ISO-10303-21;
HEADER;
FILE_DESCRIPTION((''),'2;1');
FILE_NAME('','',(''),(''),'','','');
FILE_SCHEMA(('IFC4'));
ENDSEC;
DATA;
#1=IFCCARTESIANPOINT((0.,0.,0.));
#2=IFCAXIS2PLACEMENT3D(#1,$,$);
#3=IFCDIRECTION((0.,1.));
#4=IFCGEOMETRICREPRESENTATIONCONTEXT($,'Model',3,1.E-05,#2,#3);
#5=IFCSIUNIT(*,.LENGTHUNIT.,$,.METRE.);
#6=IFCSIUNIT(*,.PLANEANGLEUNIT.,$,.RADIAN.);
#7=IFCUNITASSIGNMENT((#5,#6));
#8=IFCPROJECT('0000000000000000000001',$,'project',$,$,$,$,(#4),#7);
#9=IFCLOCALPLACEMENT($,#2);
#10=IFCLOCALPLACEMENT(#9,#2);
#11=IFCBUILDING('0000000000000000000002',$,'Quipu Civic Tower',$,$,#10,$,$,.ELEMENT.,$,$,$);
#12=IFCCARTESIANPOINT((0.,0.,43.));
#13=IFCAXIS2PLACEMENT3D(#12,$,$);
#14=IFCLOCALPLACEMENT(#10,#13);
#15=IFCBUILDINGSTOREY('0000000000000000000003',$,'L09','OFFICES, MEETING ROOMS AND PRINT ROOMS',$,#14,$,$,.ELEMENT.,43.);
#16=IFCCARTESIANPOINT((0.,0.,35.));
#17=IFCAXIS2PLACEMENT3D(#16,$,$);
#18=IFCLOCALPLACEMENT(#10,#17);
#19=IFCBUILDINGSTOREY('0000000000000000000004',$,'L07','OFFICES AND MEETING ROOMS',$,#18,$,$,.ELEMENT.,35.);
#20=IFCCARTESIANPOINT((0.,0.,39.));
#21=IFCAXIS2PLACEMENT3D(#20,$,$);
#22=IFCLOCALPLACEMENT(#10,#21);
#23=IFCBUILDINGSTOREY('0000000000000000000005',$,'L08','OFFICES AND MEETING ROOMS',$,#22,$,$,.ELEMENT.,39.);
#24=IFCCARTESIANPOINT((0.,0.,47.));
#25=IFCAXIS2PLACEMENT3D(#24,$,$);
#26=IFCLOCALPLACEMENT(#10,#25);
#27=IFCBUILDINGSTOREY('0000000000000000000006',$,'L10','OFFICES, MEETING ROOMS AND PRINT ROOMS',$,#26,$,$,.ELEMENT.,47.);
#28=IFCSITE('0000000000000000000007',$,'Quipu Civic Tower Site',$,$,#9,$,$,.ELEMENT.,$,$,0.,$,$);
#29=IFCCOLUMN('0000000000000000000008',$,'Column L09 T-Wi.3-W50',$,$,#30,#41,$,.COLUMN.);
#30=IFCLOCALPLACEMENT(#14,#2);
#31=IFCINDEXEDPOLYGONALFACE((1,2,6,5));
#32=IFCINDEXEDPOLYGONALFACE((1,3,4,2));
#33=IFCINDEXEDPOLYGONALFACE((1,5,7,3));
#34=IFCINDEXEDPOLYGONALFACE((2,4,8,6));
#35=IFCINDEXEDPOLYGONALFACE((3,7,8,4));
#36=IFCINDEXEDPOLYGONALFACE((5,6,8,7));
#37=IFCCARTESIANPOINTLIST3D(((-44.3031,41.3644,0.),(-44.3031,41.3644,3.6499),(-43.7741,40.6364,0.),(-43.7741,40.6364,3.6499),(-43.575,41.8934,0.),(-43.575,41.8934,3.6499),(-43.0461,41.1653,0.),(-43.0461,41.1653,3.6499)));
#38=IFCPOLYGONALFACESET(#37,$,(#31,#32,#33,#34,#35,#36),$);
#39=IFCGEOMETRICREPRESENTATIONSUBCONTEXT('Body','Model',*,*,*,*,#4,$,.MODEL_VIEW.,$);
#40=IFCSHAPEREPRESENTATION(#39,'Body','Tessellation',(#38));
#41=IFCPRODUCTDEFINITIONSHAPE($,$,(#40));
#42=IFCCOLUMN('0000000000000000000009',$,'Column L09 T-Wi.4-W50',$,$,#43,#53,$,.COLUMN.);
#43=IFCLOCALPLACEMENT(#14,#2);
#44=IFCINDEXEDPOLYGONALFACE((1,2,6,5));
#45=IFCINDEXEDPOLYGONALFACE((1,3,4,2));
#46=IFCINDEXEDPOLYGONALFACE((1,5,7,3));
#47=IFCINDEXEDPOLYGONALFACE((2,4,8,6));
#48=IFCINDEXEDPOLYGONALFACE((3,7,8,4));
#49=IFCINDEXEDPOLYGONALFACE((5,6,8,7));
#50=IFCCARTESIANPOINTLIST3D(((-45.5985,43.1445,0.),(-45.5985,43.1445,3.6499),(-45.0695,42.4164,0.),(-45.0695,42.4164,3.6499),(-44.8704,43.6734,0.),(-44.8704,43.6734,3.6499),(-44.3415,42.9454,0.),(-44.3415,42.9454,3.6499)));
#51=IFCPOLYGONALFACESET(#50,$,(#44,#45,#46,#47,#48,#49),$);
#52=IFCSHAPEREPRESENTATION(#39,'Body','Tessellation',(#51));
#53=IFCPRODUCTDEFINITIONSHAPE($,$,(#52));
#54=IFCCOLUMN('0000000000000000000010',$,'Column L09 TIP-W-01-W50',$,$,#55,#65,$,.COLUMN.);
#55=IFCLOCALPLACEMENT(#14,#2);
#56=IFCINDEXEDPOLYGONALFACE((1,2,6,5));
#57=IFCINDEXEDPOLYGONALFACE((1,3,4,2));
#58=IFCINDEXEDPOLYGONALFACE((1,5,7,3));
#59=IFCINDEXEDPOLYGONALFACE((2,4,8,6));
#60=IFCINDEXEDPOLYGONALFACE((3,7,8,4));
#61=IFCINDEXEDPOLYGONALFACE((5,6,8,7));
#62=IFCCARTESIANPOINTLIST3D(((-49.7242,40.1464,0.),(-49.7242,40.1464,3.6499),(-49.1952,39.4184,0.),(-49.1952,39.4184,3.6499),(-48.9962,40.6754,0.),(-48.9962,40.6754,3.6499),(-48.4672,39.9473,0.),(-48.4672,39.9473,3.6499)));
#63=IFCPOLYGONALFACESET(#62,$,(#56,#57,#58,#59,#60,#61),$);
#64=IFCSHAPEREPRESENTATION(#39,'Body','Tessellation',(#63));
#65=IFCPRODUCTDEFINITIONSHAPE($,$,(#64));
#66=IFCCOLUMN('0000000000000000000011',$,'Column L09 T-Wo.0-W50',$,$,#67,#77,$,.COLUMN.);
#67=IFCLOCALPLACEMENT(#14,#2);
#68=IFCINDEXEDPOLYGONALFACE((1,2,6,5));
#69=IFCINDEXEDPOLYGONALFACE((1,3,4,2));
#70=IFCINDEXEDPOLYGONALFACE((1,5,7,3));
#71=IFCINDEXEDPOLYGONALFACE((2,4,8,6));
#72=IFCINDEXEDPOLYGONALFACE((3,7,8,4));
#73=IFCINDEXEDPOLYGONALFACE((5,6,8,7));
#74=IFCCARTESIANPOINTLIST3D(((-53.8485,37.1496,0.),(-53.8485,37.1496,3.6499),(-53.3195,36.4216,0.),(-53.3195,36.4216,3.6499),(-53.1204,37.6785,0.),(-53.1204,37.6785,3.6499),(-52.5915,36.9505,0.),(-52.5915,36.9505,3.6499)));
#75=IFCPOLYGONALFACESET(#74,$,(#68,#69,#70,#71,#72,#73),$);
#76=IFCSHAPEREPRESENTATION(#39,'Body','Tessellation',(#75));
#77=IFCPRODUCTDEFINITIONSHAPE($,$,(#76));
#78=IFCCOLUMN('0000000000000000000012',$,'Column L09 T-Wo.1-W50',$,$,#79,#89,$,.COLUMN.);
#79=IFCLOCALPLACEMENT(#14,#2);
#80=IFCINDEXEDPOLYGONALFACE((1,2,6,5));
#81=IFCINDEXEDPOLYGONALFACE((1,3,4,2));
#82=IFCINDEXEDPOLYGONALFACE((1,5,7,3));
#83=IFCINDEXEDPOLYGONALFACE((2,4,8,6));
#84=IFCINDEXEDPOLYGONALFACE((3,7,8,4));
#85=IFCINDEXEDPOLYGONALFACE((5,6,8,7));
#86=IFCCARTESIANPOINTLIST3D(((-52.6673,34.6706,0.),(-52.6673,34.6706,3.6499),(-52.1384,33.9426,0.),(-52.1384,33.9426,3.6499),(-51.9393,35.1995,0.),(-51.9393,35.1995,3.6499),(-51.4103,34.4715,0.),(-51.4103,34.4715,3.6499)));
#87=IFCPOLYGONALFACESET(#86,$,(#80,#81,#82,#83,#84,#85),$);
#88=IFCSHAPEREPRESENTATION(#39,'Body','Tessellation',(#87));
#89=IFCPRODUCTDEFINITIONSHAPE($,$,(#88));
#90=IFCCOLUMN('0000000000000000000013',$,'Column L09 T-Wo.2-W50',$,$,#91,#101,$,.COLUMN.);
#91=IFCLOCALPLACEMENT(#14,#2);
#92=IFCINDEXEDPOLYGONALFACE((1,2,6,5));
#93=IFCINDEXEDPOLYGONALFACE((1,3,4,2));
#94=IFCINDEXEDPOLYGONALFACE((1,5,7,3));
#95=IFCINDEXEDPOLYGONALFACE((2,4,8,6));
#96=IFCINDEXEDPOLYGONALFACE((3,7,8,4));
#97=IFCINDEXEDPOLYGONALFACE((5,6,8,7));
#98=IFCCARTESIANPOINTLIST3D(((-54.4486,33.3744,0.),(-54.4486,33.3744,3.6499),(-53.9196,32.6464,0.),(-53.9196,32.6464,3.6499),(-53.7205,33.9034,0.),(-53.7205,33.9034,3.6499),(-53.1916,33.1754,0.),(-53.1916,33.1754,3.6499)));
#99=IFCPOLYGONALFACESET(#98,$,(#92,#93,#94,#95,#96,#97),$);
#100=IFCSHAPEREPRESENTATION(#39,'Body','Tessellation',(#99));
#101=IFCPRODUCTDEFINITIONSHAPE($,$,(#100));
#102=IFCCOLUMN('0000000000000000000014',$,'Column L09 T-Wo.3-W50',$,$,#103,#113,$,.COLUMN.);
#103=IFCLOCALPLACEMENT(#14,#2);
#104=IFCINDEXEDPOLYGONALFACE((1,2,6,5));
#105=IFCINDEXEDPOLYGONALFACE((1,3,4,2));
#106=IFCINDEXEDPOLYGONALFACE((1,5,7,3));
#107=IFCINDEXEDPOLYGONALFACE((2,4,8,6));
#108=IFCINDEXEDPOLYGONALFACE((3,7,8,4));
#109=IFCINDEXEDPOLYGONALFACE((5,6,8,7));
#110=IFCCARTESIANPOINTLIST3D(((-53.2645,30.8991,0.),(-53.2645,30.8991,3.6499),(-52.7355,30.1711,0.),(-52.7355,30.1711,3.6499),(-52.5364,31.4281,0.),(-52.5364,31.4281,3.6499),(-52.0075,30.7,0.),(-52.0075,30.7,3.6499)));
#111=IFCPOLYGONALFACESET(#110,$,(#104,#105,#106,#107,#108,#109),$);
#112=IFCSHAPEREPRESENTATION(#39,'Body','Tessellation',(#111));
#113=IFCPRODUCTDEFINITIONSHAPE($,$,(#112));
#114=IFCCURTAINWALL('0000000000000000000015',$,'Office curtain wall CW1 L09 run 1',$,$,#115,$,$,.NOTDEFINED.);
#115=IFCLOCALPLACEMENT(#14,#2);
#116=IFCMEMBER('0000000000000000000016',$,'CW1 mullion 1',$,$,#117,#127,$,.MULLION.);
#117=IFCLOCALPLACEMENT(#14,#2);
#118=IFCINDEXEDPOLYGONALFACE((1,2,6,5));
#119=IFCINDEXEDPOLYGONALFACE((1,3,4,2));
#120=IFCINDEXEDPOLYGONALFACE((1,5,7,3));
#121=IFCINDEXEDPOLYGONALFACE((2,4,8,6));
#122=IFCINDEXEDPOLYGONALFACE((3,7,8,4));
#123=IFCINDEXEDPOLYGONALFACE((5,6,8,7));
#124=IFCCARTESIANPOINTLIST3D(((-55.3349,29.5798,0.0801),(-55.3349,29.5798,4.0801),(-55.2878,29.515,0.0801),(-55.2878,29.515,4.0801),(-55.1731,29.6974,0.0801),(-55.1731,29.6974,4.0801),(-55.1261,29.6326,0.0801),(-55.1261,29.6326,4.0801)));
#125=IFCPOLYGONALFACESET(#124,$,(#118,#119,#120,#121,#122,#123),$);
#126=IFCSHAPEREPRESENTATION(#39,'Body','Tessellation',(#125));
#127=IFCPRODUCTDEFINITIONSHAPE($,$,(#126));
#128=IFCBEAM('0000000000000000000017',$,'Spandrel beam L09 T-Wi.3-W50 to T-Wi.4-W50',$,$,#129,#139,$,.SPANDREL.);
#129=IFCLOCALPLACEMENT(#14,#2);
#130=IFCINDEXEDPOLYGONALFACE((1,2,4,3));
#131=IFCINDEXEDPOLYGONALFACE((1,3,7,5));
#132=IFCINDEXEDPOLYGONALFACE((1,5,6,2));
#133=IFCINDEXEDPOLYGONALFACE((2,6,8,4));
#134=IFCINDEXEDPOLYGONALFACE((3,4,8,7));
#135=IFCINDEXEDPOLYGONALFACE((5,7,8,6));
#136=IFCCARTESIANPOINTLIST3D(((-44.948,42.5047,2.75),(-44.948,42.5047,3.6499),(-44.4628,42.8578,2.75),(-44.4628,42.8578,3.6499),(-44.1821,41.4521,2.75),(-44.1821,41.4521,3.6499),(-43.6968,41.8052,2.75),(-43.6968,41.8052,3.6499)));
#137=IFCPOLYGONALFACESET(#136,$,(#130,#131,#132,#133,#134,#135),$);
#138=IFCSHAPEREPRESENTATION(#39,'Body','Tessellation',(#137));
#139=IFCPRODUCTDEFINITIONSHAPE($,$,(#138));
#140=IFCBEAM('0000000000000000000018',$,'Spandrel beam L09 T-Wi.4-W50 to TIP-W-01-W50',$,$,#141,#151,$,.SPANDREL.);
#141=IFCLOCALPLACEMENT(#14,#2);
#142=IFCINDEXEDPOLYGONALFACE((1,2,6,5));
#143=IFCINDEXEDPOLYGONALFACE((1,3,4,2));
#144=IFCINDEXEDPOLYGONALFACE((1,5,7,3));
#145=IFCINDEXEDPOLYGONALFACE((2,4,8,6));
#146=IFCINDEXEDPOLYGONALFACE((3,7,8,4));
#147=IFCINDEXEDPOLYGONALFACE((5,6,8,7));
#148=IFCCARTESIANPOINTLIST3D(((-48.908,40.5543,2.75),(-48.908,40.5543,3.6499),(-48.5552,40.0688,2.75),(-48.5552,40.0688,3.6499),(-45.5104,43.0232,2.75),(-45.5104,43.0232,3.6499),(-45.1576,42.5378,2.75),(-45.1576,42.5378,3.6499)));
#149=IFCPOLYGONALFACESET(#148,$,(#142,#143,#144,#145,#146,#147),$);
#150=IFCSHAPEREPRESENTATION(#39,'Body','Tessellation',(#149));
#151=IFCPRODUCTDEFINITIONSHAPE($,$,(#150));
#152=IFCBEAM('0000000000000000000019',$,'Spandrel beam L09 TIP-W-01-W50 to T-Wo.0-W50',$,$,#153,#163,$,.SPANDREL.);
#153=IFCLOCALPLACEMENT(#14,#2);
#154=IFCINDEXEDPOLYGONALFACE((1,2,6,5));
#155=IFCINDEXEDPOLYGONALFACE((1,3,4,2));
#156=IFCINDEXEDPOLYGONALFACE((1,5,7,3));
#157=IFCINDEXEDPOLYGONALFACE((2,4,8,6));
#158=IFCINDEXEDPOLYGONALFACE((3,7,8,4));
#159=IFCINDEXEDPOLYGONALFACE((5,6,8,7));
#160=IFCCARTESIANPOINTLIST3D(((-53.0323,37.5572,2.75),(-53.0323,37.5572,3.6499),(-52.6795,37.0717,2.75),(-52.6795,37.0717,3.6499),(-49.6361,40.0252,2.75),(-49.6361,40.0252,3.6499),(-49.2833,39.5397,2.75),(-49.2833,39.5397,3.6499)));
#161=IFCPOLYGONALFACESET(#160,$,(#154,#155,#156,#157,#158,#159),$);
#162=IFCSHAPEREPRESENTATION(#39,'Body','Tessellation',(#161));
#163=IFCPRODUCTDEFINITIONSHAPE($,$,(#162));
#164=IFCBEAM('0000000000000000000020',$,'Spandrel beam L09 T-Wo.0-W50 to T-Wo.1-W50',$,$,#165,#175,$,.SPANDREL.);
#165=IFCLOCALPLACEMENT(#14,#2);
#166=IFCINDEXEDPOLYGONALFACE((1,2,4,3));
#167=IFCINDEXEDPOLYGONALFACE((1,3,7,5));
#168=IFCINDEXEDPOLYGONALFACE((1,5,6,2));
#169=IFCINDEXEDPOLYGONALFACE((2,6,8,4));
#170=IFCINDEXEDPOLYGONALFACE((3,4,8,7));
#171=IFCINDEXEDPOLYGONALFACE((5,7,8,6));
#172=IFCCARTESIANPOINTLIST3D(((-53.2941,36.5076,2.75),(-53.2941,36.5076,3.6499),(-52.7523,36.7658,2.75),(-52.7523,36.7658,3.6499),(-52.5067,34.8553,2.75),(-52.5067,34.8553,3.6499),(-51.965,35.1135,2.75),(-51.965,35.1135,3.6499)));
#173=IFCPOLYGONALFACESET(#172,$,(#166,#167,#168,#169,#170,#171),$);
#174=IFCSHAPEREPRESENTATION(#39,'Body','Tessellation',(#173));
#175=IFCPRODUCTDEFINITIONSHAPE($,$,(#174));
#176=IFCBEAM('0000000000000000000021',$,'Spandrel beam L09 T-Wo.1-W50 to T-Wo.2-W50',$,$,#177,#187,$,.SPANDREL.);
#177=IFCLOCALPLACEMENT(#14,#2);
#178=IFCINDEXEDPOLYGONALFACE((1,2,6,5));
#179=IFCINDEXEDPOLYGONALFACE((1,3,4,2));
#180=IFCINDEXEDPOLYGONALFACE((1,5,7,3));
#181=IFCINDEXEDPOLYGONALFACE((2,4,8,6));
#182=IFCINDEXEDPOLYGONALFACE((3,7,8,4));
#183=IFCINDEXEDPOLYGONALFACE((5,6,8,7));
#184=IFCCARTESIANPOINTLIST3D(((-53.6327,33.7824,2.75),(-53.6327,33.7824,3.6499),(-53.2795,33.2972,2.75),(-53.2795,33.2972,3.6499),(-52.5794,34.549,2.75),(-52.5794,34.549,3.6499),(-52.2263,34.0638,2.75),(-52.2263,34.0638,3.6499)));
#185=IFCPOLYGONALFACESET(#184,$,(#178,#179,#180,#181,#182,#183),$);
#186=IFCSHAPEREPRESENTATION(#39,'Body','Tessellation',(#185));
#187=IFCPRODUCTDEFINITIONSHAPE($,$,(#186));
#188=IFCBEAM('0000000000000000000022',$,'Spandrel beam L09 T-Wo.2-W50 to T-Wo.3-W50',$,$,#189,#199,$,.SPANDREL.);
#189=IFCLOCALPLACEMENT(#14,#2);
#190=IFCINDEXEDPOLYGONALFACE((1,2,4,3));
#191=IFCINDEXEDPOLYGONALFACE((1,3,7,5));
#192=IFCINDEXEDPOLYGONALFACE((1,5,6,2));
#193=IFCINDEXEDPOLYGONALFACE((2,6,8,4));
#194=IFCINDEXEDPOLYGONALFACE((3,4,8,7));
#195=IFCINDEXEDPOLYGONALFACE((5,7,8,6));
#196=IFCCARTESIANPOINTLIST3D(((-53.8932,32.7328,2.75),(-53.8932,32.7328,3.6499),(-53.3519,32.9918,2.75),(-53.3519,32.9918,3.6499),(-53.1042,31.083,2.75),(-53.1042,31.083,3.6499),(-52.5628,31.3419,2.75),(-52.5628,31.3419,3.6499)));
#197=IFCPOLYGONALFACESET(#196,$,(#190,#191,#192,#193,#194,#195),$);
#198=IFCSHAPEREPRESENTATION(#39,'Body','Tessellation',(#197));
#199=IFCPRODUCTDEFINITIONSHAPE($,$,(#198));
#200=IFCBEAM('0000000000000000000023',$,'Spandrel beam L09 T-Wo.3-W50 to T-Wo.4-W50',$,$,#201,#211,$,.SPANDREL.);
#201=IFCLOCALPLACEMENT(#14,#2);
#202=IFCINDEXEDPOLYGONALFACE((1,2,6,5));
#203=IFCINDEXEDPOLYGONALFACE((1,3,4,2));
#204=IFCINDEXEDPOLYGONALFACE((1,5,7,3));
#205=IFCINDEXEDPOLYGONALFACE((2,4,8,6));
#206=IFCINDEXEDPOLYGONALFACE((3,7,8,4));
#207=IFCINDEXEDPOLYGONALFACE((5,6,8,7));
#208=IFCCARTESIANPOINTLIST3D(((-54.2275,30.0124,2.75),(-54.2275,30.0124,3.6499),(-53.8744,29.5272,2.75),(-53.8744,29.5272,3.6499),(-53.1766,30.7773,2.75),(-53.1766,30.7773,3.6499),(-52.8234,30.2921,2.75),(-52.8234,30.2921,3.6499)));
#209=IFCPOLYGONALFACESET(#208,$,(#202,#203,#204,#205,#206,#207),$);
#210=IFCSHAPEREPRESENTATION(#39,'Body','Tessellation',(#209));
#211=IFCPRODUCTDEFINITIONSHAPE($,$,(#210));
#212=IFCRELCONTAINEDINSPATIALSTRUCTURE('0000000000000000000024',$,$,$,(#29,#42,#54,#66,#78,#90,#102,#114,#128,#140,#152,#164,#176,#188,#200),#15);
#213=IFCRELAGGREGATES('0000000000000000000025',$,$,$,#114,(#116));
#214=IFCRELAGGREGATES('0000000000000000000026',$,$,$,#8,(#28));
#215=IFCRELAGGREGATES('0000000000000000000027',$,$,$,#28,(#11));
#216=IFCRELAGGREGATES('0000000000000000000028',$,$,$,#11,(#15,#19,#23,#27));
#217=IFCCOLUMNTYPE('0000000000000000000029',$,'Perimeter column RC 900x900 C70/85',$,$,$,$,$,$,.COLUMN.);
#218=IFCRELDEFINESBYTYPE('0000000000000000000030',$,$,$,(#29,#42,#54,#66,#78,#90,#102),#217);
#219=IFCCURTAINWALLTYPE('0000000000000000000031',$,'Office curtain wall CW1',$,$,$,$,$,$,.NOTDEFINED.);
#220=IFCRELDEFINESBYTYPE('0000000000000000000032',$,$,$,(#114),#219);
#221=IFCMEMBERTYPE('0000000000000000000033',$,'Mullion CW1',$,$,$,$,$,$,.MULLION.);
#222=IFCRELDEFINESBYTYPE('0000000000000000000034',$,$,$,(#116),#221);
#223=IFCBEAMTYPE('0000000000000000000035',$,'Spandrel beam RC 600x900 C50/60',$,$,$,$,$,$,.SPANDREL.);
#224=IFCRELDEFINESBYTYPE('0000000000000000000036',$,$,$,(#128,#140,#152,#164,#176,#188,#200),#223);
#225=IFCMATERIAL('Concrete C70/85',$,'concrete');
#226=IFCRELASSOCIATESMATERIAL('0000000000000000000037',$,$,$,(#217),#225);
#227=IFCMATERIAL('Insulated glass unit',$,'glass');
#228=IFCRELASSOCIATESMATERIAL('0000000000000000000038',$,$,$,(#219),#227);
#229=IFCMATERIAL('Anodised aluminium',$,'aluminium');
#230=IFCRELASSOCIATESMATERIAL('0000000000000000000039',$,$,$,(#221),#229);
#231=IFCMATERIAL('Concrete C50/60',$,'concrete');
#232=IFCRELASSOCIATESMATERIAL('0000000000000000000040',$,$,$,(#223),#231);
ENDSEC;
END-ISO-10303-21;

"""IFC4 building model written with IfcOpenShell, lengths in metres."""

from ifc_helpers import new_model, si_unit, direction, frame, origin, origin_2d, place, context, subcontext, project, spatial, rectangle, extrude, material, material_profile, profile_set, type_object, element, aggregate, save


model = new_model("IFC4")

# Units and contexts
model_context = context("Model", 3, precision=1e-05, world=origin(), true_north=direction((0.0, 1.0)))
body_context = subcontext(model_context, "Body", "Model", "MODEL_VIEW")
ifc_project = project(units=[si_unit("LENGTHUNIT", "METRE"), si_unit("PLANEANGLEUNIT", "RADIAN")], contexts=[model_context])

# Site, building, storey
site_placement = place(None, origin())
site = spatial("IfcSite", under=ifc_project, at=site_placement, Name="Quipu Civic Tower Site", CompositionType="ELEMENT", RefElevation=0.0)
building_placement = place(site_placement, origin())
building = spatial("IfcBuilding", under=site, at=building_placement, Name="Quipu Civic Tower", CompositionType="ELEMENT")
storey_1_placement = place(building_placement, frame((0.0, 0.0, 43.0)))
storey_1 = spatial("IfcBuildingStorey", under=building, at=storey_1_placement, Name="L09", Description="OFFICES, MEETING ROOMS AND PRINT ROOMS", CompositionType="ELEMENT", Elevation=43.0)

# Columns
ifc_material_1 = material(Name="Concrete C70/85", Category="concrete")
ifc_material_profile_1 = material_profile(ifc_material_1, rectangle(XDim=0.8999, YDim=0.8999, at=origin_2d()), Name="RC900x900")
ifc_profile_set_1 = profile_set([ifc_material_profile_1], Name="Concrete C70/85")
column_type = type_object("IfcColumnType", Name="Perimeter column RC 900x900 C70/85", PredefinedType="COLUMN", material=ifc_profile_set_1)
for number, where, z_axis, x_axis, name in (
    (1, (-43.6746, 41.2649, 0.0), (0.0, 0.0, 1.0), (-0.809017, -0.587785, 0.0), "Column L09 T-Wi.3-W50"),
    (2, (-44.97, 43.0449, 0.0), (0.0, 0.0, 1.0), (-0.809017, -0.587785, 0.0), "Column L09 T-Wi.4-W50"),
    (3, (-49.0957, 40.0469, 0.0), (0.0, 0.0, 1.0), (-0.809017, -0.587785, 0.0), "Column L09 TIP-W-01-W50"),
    (4, (-53.22, 37.05, 0.0), (0.0, 0.0, 1.0), (0.587785, -0.809017, 0.0), "Column L09 T-Wo.0-W50"),
    (5, (-52.0388, 34.571, 0.0), (0.0, 0.0, 1.0), (-0.809017, -0.587785, 0.0), "Column L09 T-Wo.1-W50"),
    (6, (-53.8201, 33.2749, 0.0), (0.0, 0.0, 1.0), (0.587785, -0.809017, 0.0), "Column L09 T-Wo.2-W50"),
    (7, (-52.636, 30.7996, 0.0), (0.0, 0.0, 1.0), (-0.809017, -0.587785, 0.0), "Column L09 T-Wo.3-W50"),
):
    element("IfcColumn", number, at=place(storey_1_placement, frame(where, z_axis=z_axis, x_axis=x_axis)), inside=storey_1, type_object=column_type, Name=name, PredefinedType="COLUMN", context=body_context, shape_type="SweptSolid", body=[
        extrude(rectangle(XDim=0.8999, YDim=0.8999, at=origin_2d()), origin(), (0.0, 0.0, 1.0), 3.6499),
    ])

# Curtain wall, member
ifc_material_2 = material(Name="Insulated glass unit", Category="glass")
curtain_wall_type = type_object("IfcCurtainWallType", Name="Office curtain wall CW1", PredefinedType="NOTDEFINED", material=ifc_material_2)
curtain_wall_1_placement = place(storey_1_placement, origin())
curtain_wall_1 = element("IfcCurtainWall", 8, at=curtain_wall_1_placement, inside=storey_1, type_object=curtain_wall_type, Name="Office curtain wall CW1 L09 run 1", PredefinedType="NOTDEFINED")
ifc_material_3 = material(Name="Anodised aluminium", Category="aluminium")
ifc_material_profile_2 = material_profile(ifc_material_3, rectangle(XDim=0.2, YDim=0.0801, at=origin_2d()), Name="RECT 200x80")
ifc_profile_set_2 = profile_set([ifc_material_profile_2], Name="Anodised aluminium")
member_type_1 = type_object("IfcMemberType", Name="Mullion CW1", PredefinedType="MULLION", material=ifc_profile_set_2)
member_1_placement = place(storey_1_placement, frame((-55.2305, 29.6062, 0.0801), z_axis=(0.0, 0.0, 1.0), x_axis=(0.809017, 0.587785, 0.0)))
member_1 = element("IfcMember", 9, at=member_1_placement, type_object=member_type_1, Name="CW1 mullion 1", PredefinedType="MULLION", context=body_context, shape_type="SweptSolid", body=[
    extrude(rectangle(XDim=0.2, YDim=0.0801, at=origin_2d()), origin(), (0.0, 0.0, 1.0), 4.0),
])
aggregate(curtain_wall_1, [member_1])

# Beams
ifc_material_4 = material(Name="Concrete C50/60", Category="concrete")
ifc_material_profile_3 = material_profile(ifc_material_4, rectangle(XDim=0.6001, YDim=0.8999, at=origin_2d()), Name="RC600x900")
ifc_profile_set_3 = profile_set([ifc_material_profile_3], Name="Concrete C50/60")
beam_type = type_object("IfcBeamType", Name="Spandrel beam RC 600x900 C50/60", PredefinedType="SPANDREL", material=ifc_profile_set_3)
beam_1_placement = place(storey_1_placement, frame((-43.9395, 41.6287, 3.2), z_axis=(-0.588384, 0.808582, 0.0), x_axis=(-0.808582, -0.588384, 0.0)))
element("IfcBeam", 10, at=beam_1_placement, inside=storey_1, type_object=beam_type, Name="Spandrel beam L09 T-Wi.3-W50 to T-Wi.4-W50", PredefinedType="SPANDREL", context=body_context, shape_type="SweptSolid", body=[
    extrude(rectangle(XDim=0.6001, YDim=0.8999, at=origin_2d()), origin(), (0.0, 0.0, 1.0), 1.3018),
])
beam_2_placement = place(storey_1_placement, frame((-45.334, 42.7805, 3.2), z_axis=(-0.80897, -0.58785, 0.0), x_axis=(0.58785, -0.80897, 0.0)))
element("IfcBeam", 11, at=beam_2_placement, inside=storey_1, type_object=beam_type, Name="Spandrel beam L09 T-Wi.4-W50 to TIP-W-01-W50", PredefinedType="SPANDREL", context=body_context, shape_type="SweptSolid", body=[
    extrude(rectangle(XDim=0.6001, YDim=0.8999, at=origin_2d()), origin(), (0.0, 0.0, 1.0), 4.2),
])
beam_3_placement = place(storey_1_placement, frame((-49.4597, 39.7825, 3.2), z_axis=(-0.80896, -0.587864, 0.0), x_axis=(0.587864, -0.80896, 0.0)))
element("IfcBeam", 12, at=beam_3_placement, inside=storey_1, type_object=beam_type, Name="Spandrel beam L09 TIP-W-01-W50 to T-Wo.0-W50", PredefinedType="SPANDREL", context=body_context, shape_type="SweptSolid", body=[
    extrude(rectangle(XDim=0.6001, YDim=0.8999, at=origin_2d()), origin(), (0.0, 0.0, 1.0), 4.1982),
])
beam_4_placement = place(storey_1_placement, frame((-53.0232, 36.6367, 3.2), z_axis=(0.430167, -0.90275, 0.0), x_axis=(0.90275, 0.430167, 0.0)))
element("IfcBeam", 13, at=beam_4_placement, inside=storey_1, type_object=beam_type, Name="Spandrel beam L09 T-Wo.0-W50 to T-Wo.1-W50", PredefinedType="SPANDREL", context=body_context, shape_type="SweptSolid", body=[
    extrude(rectangle(XDim=0.6001, YDim=0.8999, at=origin_2d()), origin(), (0.0, 0.0, 1.0), 1.8303),
])
beam_5_placement = place(storey_1_placement, frame((-52.4028, 34.3064, 3.2), z_axis=(-0.808509, -0.588484, 0.0), x_axis=(0.588484, -0.808509, 0.0)))
element("IfcBeam", 14, at=beam_5_placement, inside=storey_1, type_object=beam_type, Name="Spandrel beam L09 T-Wo.1-W50 to T-Wo.2-W50", PredefinedType="SPANDREL", context=body_context, shape_type="SweptSolid", body=[
    extrude(rectangle(XDim=0.6001, YDim=0.8999, at=origin_2d()), origin(), (0.0, 0.0, 1.0), 1.3027),
])
beam_6_placement = place(storey_1_placement, frame((-53.6226, 32.8623, 3.2), z_axis=(0.431446, -0.902139, 0.0), x_axis=(0.902139, 0.431446, 0.0)))
element("IfcBeam", 15, at=beam_6_placement, inside=storey_1, type_object=beam_type, Name="Spandrel beam L09 T-Wo.2-W50 to T-Wo.3-W50", PredefinedType="SPANDREL", context=body_context, shape_type="SweptSolid", body=[
    extrude(rectangle(XDim=0.6001, YDim=0.8999, at=origin_2d()), origin(), (0.0, 0.0, 1.0), 1.8289),
])
beam_7_placement = place(storey_1_placement, frame((-53.0, 30.5347, 3.2), z_axis=(-0.808549, -0.588429, 0.0), x_axis=(0.588429, -0.808549, 0.0)))
element("IfcBeam", 16, at=beam_7_placement, inside=storey_1, type_object=beam_type, Name="Spandrel beam L09 T-Wo.3-W50 to T-Wo.4-W50", PredefinedType="SPANDREL", context=body_context, shape_type="SweptSolid", body=[
    extrude(rectangle(XDim=0.6001, YDim=0.8999, at=origin_2d()), origin(), (0.0, 0.0, 1.0), 1.2998),
])

# Shared definitions
storey_2_placement = place(building_placement, frame((0.0, 0.0, 35.0)))
storey_2 = spatial("IfcBuildingStorey", under=building, at=storey_2_placement, Name="L07", Description="OFFICES AND MEETING ROOMS", CompositionType="ELEMENT", Elevation=35.0)

# Shared definitions
storey_3_placement = place(building_placement, frame((0.0, 0.0, 39.0)))
storey_3 = spatial("IfcBuildingStorey", under=building, at=storey_3_placement, Name="L08", Description="OFFICES AND MEETING ROOMS", CompositionType="ELEMENT", Elevation=39.0)

# Shared definitions
storey_4_placement = place(building_placement, frame((0.0, 0.0, 47.0)))
storey_4 = spatial("IfcBuildingStorey", under=building, at=storey_4_placement, Name="L10", Description="OFFICES, MEETING ROOMS AND PRINT ROOMS", CompositionType="ELEMENT", Elevation=47.0)

save(model, "model.ifc")
